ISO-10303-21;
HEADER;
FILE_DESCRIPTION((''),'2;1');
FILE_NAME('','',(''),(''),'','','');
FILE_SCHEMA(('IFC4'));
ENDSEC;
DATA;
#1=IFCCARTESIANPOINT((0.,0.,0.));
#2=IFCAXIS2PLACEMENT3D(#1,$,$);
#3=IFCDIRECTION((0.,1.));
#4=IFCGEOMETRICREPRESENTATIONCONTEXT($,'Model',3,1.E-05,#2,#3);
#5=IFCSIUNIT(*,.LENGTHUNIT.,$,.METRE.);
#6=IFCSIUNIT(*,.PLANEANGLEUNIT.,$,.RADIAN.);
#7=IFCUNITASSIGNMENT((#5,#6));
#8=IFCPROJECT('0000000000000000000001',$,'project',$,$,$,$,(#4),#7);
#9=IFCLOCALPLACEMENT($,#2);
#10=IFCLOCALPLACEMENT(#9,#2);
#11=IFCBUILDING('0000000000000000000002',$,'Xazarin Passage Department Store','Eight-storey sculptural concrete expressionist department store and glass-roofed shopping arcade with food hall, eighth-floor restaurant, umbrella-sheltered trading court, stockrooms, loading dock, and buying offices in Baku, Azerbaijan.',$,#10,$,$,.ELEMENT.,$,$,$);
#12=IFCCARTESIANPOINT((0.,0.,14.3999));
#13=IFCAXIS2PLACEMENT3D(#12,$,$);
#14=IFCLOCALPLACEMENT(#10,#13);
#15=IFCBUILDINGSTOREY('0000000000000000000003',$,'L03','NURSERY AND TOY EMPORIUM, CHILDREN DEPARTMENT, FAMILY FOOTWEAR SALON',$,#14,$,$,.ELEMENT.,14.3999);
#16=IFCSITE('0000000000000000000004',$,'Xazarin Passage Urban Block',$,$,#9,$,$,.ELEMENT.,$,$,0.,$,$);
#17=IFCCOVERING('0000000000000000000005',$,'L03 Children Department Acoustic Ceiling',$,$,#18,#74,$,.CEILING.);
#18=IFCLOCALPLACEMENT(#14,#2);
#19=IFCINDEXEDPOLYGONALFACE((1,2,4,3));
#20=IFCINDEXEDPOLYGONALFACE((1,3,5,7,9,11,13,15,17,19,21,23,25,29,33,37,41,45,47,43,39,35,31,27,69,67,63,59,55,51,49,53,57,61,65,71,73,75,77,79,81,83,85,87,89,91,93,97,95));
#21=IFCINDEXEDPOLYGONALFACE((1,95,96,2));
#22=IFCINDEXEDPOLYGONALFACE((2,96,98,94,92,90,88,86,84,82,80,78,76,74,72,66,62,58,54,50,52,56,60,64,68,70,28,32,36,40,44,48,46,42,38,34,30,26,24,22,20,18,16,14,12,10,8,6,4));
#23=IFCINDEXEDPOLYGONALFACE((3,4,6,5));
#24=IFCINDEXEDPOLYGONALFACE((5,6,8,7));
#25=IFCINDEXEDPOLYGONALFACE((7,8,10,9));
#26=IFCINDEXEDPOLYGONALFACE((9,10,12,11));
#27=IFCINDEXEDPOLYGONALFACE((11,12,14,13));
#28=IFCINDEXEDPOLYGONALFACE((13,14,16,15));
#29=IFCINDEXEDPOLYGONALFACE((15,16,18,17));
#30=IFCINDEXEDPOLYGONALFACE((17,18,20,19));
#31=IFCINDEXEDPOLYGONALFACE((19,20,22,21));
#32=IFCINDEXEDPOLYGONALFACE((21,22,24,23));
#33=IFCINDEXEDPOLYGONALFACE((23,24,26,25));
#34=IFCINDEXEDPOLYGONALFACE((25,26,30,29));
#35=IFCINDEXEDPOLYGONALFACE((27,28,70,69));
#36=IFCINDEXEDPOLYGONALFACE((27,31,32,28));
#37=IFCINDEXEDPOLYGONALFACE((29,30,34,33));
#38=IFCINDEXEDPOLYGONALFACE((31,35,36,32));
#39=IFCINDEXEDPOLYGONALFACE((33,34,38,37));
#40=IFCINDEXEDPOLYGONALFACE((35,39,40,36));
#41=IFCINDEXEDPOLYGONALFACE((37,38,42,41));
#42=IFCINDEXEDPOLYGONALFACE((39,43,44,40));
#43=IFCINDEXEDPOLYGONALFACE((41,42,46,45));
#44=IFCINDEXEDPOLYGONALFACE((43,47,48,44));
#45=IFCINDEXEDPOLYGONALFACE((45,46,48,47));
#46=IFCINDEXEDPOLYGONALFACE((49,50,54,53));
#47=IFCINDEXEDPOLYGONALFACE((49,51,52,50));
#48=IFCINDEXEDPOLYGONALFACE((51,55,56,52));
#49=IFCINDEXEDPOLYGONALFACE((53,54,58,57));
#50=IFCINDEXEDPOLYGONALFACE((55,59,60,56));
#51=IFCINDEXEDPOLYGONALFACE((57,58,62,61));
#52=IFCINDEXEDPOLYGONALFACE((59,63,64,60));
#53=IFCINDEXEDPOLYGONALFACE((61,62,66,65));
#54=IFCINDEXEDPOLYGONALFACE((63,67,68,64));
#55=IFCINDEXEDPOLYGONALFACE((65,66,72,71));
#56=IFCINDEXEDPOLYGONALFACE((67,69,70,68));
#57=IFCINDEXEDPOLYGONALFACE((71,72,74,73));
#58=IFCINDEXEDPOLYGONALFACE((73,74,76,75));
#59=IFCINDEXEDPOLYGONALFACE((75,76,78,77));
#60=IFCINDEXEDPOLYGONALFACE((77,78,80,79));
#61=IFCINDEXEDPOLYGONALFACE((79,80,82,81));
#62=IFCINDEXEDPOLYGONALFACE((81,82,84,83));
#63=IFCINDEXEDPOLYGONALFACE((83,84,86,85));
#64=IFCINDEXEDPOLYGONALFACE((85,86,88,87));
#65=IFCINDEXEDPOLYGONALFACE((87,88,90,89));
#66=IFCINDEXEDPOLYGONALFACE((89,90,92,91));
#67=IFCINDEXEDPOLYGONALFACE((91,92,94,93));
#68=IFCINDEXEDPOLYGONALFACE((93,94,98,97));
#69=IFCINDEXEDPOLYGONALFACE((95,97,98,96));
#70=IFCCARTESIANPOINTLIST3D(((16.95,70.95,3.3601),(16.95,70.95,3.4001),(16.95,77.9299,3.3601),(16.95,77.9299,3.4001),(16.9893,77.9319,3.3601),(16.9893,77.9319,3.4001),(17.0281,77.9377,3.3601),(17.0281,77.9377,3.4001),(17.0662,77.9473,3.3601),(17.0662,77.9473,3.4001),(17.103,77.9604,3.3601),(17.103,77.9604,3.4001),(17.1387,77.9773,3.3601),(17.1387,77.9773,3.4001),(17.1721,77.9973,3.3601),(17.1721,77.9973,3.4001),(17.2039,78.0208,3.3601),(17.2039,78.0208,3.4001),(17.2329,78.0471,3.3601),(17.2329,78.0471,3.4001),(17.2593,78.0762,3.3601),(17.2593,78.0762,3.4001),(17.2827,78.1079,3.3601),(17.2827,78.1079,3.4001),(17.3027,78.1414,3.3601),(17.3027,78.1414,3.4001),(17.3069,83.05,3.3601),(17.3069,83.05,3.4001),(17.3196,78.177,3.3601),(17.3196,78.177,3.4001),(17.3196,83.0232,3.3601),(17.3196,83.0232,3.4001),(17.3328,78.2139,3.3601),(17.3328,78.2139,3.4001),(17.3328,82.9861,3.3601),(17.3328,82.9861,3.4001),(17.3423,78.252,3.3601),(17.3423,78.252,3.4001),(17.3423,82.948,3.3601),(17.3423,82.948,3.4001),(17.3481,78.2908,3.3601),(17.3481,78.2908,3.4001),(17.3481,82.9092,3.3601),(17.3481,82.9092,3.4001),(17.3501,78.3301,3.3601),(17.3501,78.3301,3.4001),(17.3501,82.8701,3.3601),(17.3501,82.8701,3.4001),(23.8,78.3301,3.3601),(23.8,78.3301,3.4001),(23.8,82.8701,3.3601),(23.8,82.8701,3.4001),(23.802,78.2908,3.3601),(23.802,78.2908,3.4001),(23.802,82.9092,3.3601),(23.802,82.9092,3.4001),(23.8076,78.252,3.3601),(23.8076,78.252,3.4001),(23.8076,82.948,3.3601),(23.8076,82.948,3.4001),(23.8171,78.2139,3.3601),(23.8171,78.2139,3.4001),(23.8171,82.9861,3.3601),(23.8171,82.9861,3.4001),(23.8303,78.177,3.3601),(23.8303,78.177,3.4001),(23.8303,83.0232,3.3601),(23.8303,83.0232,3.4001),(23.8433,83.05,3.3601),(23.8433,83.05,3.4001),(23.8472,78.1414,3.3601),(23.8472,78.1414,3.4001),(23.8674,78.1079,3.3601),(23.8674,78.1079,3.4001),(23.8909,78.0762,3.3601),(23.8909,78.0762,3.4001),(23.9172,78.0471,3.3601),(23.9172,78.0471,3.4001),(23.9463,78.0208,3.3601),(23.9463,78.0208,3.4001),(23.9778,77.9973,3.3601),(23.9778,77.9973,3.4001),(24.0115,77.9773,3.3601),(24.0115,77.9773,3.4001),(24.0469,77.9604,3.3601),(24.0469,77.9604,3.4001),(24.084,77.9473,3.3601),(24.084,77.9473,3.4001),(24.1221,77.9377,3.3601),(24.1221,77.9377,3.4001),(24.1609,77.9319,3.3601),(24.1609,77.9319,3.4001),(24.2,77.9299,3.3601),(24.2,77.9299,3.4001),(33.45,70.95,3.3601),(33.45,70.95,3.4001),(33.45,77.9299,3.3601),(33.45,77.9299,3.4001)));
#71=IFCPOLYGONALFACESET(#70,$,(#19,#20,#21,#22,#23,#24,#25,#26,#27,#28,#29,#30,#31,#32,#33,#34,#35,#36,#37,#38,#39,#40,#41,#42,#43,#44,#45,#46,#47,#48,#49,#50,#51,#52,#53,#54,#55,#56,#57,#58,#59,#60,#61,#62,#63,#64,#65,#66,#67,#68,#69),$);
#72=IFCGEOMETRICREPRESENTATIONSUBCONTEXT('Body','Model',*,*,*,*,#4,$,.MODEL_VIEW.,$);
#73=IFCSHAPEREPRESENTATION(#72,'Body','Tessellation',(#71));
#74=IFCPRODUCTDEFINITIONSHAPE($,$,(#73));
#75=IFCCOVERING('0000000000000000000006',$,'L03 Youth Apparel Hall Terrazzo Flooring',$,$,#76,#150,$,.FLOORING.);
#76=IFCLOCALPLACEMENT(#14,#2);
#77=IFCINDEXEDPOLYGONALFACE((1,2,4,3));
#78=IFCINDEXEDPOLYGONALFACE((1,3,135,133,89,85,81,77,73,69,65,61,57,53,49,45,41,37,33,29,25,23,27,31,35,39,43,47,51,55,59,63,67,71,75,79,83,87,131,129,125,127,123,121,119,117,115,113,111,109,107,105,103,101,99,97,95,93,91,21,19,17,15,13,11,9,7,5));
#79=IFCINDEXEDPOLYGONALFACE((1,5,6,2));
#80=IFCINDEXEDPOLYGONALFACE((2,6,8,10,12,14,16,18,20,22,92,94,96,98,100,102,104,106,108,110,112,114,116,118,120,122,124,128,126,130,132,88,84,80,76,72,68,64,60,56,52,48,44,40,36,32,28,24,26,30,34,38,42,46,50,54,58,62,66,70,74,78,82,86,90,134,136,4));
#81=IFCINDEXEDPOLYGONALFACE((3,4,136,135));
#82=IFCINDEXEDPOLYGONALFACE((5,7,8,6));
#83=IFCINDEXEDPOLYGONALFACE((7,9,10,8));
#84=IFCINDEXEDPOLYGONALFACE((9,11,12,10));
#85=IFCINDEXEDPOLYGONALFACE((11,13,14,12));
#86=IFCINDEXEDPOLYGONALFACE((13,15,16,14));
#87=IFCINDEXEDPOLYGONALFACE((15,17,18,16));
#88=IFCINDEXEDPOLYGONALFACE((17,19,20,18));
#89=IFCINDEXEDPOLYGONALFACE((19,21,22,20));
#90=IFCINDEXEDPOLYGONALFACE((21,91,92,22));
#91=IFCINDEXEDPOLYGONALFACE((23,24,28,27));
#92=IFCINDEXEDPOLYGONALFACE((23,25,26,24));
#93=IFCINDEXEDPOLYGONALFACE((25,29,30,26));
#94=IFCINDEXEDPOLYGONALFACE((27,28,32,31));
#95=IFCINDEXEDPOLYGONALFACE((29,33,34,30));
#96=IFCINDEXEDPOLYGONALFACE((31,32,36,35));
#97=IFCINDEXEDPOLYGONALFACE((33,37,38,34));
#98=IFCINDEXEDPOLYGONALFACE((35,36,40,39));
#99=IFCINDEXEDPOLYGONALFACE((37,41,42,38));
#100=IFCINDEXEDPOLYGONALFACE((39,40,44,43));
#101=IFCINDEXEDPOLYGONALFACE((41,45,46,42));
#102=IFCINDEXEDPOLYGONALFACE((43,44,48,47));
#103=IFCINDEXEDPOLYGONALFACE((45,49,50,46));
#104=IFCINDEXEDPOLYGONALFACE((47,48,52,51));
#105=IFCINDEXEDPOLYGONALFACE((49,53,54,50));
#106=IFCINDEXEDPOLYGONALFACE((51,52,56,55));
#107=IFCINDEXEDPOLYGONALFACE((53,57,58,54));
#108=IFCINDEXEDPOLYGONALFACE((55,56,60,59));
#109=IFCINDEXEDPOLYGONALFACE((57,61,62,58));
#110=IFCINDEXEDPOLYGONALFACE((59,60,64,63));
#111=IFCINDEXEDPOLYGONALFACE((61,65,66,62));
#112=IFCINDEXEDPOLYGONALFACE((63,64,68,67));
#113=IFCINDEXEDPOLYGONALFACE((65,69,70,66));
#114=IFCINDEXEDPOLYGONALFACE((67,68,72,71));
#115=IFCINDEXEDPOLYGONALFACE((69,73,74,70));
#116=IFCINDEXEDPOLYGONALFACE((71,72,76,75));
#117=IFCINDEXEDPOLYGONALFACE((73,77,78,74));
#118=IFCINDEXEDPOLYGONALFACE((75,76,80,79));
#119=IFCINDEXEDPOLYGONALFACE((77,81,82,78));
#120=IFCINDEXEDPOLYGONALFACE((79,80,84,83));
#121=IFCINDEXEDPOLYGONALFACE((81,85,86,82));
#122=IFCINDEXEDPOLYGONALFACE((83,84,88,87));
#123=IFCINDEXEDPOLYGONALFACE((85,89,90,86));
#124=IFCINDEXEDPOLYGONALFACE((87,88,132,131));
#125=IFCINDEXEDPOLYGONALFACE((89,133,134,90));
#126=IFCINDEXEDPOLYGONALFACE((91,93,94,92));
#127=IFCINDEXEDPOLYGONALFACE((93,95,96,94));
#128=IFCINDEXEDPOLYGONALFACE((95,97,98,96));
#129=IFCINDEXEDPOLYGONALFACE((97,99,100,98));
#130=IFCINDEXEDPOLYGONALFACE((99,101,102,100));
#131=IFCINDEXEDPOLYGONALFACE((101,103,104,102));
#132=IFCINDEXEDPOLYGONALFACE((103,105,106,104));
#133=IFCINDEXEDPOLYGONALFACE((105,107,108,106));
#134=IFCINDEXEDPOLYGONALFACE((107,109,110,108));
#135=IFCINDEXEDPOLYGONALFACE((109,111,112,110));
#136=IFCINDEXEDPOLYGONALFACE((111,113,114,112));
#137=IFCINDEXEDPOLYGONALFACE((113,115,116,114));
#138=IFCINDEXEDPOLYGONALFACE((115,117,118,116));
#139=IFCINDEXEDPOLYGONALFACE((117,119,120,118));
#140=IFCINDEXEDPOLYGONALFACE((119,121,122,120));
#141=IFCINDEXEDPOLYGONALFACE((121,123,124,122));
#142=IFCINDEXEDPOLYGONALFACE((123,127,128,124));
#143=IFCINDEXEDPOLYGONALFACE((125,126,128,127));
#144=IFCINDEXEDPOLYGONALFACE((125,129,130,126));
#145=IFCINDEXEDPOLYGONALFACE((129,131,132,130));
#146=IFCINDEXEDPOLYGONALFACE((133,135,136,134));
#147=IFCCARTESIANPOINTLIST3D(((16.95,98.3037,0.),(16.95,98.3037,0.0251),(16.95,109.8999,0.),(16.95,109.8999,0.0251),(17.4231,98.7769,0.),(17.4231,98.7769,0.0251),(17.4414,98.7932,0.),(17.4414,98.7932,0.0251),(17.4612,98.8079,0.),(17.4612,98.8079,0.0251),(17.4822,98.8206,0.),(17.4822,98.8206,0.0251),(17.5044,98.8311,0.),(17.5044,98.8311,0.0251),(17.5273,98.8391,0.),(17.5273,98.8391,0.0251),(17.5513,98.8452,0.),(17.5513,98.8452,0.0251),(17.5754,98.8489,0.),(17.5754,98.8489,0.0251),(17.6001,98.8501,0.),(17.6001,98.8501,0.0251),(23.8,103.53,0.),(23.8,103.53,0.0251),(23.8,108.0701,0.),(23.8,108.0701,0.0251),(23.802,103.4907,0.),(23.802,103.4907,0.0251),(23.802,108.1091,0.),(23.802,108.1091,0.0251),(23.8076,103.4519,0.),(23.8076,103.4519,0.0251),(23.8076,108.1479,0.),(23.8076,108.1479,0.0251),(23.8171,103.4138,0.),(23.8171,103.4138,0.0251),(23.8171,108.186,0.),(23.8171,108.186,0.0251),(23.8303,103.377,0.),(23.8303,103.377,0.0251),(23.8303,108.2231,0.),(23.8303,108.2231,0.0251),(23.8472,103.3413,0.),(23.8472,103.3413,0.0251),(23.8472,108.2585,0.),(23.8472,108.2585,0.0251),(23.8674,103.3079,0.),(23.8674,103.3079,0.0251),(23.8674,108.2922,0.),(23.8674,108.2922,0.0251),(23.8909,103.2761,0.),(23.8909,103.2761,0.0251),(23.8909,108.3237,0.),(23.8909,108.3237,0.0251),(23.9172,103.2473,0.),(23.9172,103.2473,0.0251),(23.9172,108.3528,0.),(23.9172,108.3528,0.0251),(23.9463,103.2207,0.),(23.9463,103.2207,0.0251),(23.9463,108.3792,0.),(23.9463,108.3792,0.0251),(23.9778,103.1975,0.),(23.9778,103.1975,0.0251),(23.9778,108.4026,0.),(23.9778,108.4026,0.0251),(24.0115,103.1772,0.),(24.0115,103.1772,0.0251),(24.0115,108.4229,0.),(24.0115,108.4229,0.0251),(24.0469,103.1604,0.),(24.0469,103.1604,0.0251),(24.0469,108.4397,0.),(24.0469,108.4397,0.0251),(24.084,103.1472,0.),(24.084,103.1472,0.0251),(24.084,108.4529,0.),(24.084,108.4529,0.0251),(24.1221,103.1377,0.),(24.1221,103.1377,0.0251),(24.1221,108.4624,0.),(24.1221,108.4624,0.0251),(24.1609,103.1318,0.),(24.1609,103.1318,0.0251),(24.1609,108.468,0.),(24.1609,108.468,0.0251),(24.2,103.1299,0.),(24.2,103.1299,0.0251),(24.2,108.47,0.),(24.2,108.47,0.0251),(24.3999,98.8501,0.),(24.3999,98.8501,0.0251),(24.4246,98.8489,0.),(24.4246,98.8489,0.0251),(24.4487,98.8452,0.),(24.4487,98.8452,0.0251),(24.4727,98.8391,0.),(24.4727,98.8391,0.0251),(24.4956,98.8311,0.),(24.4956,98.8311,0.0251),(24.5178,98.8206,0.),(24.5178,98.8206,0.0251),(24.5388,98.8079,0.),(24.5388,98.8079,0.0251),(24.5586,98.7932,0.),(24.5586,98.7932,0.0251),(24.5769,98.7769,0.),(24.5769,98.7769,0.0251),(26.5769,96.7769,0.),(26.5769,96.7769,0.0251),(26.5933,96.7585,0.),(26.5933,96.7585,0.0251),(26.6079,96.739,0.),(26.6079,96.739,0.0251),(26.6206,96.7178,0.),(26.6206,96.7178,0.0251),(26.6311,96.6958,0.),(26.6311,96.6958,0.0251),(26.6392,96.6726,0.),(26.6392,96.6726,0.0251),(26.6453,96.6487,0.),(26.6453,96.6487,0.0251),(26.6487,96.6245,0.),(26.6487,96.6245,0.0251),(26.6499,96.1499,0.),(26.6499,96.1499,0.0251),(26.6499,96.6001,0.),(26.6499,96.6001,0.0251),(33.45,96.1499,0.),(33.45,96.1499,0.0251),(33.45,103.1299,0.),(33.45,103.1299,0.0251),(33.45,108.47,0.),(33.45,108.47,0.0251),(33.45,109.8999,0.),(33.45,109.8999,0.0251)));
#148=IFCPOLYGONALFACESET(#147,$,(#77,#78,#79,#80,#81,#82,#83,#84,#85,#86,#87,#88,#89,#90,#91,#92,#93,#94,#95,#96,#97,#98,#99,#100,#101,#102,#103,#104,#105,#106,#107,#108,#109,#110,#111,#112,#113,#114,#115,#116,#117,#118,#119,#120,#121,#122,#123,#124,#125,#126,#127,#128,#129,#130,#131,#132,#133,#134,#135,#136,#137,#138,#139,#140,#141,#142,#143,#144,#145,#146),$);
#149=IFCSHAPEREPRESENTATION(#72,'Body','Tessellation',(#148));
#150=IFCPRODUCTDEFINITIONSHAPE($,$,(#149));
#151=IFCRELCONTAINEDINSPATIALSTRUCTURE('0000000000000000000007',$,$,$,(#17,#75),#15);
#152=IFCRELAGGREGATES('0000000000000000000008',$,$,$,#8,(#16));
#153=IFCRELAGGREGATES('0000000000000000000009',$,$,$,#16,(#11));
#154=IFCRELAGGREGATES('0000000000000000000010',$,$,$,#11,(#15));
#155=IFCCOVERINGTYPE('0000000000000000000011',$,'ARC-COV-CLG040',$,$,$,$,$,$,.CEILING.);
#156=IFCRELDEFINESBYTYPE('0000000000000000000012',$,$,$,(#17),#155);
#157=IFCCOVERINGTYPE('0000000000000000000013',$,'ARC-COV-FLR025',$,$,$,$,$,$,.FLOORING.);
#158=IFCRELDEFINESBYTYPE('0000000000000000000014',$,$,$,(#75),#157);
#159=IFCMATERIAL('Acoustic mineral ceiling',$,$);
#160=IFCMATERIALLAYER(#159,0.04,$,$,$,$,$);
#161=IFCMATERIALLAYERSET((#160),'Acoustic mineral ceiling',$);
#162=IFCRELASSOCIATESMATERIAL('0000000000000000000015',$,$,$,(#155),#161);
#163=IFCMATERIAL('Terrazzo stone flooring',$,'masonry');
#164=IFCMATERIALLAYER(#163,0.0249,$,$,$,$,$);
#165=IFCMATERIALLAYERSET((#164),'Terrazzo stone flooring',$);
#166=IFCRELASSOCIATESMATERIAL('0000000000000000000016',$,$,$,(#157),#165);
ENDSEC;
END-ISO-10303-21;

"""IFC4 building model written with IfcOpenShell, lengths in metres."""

from ifc_helpers import new_model, si_unit, direction, frame, origin, place, context, subcontext, project, spatial, polyline, outline, extrude, material, layer, layer_set, type_object, element, save


model = new_model("IFC4")

# Units and contexts
model_context = context("Model", 3, precision=1e-05, world=origin(), true_north=direction((0.0, 1.0)))
body_context = subcontext(model_context, "Body", "Model", "MODEL_VIEW")
ifc_project = project(units=[si_unit("LENGTHUNIT", "METRE"), si_unit("PLANEANGLEUNIT", "RADIAN")], contexts=[model_context])

# Site, building, storey
site_placement = place(None, origin())
site = spatial("IfcSite", under=ifc_project, at=site_placement, Name="Xazarin Passage Urban Block", CompositionType="ELEMENT", RefElevation=0.0)
building_placement = place(site_placement, origin())
building = spatial("IfcBuilding", under=site, at=building_placement, Name="Xazarin Passage Department Store", Description="Eight-storey sculptural concrete expressionist department store and glass-roofed shopping arcade with food hall, eighth-floor restaurant, umbrella-sheltered trading court, stockrooms, loading dock, and buying offices in Baku, Azerbaijan.", CompositionType="ELEMENT")
storey_placement = place(building_placement, frame((0.0, 0.0, 14.3999)))
storey = spatial("IfcBuildingStorey", under=building, at=storey_placement, Name="L03", Description="NURSERY AND TOY EMPORIUM, CHILDREN DEPARTMENT, FAMILY FOOTWEAR SALON", CompositionType="ELEMENT", Elevation=14.3999)

# Coverings
ifc_material_1 = material(Name="Acoustic mineral ceiling")
ifc_layer_1 = layer(ifc_material_1, 0.04)
ifc_layer_set_1 = layer_set([ifc_layer_1], Name="Acoustic mineral ceiling")
covering_type_1 = type_object("IfcCoveringType", Name="ARC-COV-CLG040", PredefinedType="CEILING", material=ifc_layer_set_1)
covering_1_placement = place(storey_placement, frame((0.0, 0.0, 3.3601)))
element("IfcCovering", 1, at=covering_1_placement, inside=storey, type_object=covering_type_1, Name="L03 Children Department Acoustic Ceiling", PredefinedType="CEILING", context=body_context, shape_type="SweptSolid", body=[
    extrude(outline(polyline([(33.45, 77.9299), (24.2, 77.9299), (24.1609, 77.9319), (24.1221, 77.9377), (24.084, 77.9473), (24.0469, 77.9604), (24.0115, 77.9773), (23.9778, 77.9973), (23.9463, 78.0208), (23.9172, 78.0471), (23.8909, 78.0762), (23.8674, 78.1079), (23.8472, 78.1414), (23.8303, 78.177), (23.8171, 78.2139), (23.8076, 78.252), (23.802, 78.2908), (23.8, 78.3301), (23.8, 82.8701), (23.802, 82.9092), (23.8076, 82.948), (23.8171, 82.9861), (23.8303, 83.0232), (23.8433, 83.05), (17.3069, 83.05), (17.3196, 83.0232), (17.3328, 82.9861), (17.3423, 82.948), (17.3481, 82.9092), (17.3501, 82.8701), (17.3501, 78.3301), (17.3481, 78.2908), (17.3423, 78.252), (17.3328, 78.2139), (17.3196, 78.177), (17.3027, 78.1414), (17.2827, 78.1079), (17.2593, 78.0762), (17.2329, 78.0471), (17.2039, 78.0208), (17.1721, 77.9973), (17.1387, 77.9773), (17.103, 77.9604), (17.0662, 77.9473), (17.0281, 77.9377), (16.9893, 77.9319), (16.95, 77.9299), (16.95, 70.95), (33.45, 70.95), (33.45, 77.9299)])), origin(), (0.0, 0.0, 1.0), 0.04),
])
ifc_material_2 = material(Name="Terrazzo stone flooring", Category="masonry")
ifc_layer_2 = layer(ifc_material_2, 0.0249)
ifc_layer_set_2 = layer_set([ifc_layer_2], Name="Terrazzo stone flooring")
covering_type_2 = type_object("IfcCoveringType", Name="ARC-COV-FLR025", PredefinedType="FLOORING", material=ifc_layer_set_2)
covering_2_placement = place(storey_placement, origin())
element("IfcCovering", 2, at=covering_2_placement, inside=storey, type_object=covering_type_2, Name="L03 Youth Apparel Hall Terrazzo Flooring", PredefinedType="FLOORING", context=body_context, shape_type="SweptSolid", body=[
    extrude(outline(polyline([(33.45, 103.1299), (24.2, 103.1299), (24.1609, 103.1318), (24.1221, 103.1377), (24.084, 103.1472), (24.0469, 103.1604), (24.0115, 103.1772), (23.9778, 103.1975), (23.9463, 103.2207), (23.9172, 103.2473), (23.8909, 103.2761), (23.8674, 103.3079), (23.8472, 103.3413), (23.8303, 103.377), (23.8171, 103.4138), (23.8076, 103.4519), (23.802, 103.4907), (23.8, 103.53), (23.8, 108.0701), (23.802, 108.1091), (23.8076, 108.1479), (23.8171, 108.186), (23.8303, 108.2231), (23.8472, 108.2585), (23.8674, 108.2922), (23.8909, 108.3237), (23.9172, 108.3528), (23.9463, 108.3792), (23.9778, 108.4026), (24.0115, 108.4229), (24.0469, 108.4397), (24.084, 108.4529), (24.1221, 108.4624), (24.1609, 108.468), (24.2, 108.47), (33.45, 108.47), (33.45, 109.8999), (16.95, 109.8999), (16.95, 98.3037), (17.4231, 98.7769), (17.4414, 98.7932), (17.4612, 98.8079), (17.4822, 98.8206), (17.5044, 98.8311), (17.5273, 98.8391), (17.5513, 98.8452), (17.5754, 98.8489), (17.6001, 98.8501), (24.3999, 98.8501), (24.4246, 98.8489), (24.4487, 98.8452), (24.4727, 98.8391), (24.4956, 98.8311), (24.5178, 98.8206), (24.5388, 98.8079), (24.5586, 98.7932), (24.5769, 98.7769), (26.5769, 96.7769), (26.5933, 96.7585), (26.6079, 96.739), (26.6206, 96.7178), (26.6311, 96.6958), (26.6392, 96.6726), (26.6453, 96.6487), (26.6487, 96.6245), (26.6499, 96.6001), (26.6499, 96.1499), (33.45, 96.1499), (33.45, 103.1299)])), origin(), (0.0, 0.0, 1.0), 0.0251),
])

save(model, "model.ifc")
